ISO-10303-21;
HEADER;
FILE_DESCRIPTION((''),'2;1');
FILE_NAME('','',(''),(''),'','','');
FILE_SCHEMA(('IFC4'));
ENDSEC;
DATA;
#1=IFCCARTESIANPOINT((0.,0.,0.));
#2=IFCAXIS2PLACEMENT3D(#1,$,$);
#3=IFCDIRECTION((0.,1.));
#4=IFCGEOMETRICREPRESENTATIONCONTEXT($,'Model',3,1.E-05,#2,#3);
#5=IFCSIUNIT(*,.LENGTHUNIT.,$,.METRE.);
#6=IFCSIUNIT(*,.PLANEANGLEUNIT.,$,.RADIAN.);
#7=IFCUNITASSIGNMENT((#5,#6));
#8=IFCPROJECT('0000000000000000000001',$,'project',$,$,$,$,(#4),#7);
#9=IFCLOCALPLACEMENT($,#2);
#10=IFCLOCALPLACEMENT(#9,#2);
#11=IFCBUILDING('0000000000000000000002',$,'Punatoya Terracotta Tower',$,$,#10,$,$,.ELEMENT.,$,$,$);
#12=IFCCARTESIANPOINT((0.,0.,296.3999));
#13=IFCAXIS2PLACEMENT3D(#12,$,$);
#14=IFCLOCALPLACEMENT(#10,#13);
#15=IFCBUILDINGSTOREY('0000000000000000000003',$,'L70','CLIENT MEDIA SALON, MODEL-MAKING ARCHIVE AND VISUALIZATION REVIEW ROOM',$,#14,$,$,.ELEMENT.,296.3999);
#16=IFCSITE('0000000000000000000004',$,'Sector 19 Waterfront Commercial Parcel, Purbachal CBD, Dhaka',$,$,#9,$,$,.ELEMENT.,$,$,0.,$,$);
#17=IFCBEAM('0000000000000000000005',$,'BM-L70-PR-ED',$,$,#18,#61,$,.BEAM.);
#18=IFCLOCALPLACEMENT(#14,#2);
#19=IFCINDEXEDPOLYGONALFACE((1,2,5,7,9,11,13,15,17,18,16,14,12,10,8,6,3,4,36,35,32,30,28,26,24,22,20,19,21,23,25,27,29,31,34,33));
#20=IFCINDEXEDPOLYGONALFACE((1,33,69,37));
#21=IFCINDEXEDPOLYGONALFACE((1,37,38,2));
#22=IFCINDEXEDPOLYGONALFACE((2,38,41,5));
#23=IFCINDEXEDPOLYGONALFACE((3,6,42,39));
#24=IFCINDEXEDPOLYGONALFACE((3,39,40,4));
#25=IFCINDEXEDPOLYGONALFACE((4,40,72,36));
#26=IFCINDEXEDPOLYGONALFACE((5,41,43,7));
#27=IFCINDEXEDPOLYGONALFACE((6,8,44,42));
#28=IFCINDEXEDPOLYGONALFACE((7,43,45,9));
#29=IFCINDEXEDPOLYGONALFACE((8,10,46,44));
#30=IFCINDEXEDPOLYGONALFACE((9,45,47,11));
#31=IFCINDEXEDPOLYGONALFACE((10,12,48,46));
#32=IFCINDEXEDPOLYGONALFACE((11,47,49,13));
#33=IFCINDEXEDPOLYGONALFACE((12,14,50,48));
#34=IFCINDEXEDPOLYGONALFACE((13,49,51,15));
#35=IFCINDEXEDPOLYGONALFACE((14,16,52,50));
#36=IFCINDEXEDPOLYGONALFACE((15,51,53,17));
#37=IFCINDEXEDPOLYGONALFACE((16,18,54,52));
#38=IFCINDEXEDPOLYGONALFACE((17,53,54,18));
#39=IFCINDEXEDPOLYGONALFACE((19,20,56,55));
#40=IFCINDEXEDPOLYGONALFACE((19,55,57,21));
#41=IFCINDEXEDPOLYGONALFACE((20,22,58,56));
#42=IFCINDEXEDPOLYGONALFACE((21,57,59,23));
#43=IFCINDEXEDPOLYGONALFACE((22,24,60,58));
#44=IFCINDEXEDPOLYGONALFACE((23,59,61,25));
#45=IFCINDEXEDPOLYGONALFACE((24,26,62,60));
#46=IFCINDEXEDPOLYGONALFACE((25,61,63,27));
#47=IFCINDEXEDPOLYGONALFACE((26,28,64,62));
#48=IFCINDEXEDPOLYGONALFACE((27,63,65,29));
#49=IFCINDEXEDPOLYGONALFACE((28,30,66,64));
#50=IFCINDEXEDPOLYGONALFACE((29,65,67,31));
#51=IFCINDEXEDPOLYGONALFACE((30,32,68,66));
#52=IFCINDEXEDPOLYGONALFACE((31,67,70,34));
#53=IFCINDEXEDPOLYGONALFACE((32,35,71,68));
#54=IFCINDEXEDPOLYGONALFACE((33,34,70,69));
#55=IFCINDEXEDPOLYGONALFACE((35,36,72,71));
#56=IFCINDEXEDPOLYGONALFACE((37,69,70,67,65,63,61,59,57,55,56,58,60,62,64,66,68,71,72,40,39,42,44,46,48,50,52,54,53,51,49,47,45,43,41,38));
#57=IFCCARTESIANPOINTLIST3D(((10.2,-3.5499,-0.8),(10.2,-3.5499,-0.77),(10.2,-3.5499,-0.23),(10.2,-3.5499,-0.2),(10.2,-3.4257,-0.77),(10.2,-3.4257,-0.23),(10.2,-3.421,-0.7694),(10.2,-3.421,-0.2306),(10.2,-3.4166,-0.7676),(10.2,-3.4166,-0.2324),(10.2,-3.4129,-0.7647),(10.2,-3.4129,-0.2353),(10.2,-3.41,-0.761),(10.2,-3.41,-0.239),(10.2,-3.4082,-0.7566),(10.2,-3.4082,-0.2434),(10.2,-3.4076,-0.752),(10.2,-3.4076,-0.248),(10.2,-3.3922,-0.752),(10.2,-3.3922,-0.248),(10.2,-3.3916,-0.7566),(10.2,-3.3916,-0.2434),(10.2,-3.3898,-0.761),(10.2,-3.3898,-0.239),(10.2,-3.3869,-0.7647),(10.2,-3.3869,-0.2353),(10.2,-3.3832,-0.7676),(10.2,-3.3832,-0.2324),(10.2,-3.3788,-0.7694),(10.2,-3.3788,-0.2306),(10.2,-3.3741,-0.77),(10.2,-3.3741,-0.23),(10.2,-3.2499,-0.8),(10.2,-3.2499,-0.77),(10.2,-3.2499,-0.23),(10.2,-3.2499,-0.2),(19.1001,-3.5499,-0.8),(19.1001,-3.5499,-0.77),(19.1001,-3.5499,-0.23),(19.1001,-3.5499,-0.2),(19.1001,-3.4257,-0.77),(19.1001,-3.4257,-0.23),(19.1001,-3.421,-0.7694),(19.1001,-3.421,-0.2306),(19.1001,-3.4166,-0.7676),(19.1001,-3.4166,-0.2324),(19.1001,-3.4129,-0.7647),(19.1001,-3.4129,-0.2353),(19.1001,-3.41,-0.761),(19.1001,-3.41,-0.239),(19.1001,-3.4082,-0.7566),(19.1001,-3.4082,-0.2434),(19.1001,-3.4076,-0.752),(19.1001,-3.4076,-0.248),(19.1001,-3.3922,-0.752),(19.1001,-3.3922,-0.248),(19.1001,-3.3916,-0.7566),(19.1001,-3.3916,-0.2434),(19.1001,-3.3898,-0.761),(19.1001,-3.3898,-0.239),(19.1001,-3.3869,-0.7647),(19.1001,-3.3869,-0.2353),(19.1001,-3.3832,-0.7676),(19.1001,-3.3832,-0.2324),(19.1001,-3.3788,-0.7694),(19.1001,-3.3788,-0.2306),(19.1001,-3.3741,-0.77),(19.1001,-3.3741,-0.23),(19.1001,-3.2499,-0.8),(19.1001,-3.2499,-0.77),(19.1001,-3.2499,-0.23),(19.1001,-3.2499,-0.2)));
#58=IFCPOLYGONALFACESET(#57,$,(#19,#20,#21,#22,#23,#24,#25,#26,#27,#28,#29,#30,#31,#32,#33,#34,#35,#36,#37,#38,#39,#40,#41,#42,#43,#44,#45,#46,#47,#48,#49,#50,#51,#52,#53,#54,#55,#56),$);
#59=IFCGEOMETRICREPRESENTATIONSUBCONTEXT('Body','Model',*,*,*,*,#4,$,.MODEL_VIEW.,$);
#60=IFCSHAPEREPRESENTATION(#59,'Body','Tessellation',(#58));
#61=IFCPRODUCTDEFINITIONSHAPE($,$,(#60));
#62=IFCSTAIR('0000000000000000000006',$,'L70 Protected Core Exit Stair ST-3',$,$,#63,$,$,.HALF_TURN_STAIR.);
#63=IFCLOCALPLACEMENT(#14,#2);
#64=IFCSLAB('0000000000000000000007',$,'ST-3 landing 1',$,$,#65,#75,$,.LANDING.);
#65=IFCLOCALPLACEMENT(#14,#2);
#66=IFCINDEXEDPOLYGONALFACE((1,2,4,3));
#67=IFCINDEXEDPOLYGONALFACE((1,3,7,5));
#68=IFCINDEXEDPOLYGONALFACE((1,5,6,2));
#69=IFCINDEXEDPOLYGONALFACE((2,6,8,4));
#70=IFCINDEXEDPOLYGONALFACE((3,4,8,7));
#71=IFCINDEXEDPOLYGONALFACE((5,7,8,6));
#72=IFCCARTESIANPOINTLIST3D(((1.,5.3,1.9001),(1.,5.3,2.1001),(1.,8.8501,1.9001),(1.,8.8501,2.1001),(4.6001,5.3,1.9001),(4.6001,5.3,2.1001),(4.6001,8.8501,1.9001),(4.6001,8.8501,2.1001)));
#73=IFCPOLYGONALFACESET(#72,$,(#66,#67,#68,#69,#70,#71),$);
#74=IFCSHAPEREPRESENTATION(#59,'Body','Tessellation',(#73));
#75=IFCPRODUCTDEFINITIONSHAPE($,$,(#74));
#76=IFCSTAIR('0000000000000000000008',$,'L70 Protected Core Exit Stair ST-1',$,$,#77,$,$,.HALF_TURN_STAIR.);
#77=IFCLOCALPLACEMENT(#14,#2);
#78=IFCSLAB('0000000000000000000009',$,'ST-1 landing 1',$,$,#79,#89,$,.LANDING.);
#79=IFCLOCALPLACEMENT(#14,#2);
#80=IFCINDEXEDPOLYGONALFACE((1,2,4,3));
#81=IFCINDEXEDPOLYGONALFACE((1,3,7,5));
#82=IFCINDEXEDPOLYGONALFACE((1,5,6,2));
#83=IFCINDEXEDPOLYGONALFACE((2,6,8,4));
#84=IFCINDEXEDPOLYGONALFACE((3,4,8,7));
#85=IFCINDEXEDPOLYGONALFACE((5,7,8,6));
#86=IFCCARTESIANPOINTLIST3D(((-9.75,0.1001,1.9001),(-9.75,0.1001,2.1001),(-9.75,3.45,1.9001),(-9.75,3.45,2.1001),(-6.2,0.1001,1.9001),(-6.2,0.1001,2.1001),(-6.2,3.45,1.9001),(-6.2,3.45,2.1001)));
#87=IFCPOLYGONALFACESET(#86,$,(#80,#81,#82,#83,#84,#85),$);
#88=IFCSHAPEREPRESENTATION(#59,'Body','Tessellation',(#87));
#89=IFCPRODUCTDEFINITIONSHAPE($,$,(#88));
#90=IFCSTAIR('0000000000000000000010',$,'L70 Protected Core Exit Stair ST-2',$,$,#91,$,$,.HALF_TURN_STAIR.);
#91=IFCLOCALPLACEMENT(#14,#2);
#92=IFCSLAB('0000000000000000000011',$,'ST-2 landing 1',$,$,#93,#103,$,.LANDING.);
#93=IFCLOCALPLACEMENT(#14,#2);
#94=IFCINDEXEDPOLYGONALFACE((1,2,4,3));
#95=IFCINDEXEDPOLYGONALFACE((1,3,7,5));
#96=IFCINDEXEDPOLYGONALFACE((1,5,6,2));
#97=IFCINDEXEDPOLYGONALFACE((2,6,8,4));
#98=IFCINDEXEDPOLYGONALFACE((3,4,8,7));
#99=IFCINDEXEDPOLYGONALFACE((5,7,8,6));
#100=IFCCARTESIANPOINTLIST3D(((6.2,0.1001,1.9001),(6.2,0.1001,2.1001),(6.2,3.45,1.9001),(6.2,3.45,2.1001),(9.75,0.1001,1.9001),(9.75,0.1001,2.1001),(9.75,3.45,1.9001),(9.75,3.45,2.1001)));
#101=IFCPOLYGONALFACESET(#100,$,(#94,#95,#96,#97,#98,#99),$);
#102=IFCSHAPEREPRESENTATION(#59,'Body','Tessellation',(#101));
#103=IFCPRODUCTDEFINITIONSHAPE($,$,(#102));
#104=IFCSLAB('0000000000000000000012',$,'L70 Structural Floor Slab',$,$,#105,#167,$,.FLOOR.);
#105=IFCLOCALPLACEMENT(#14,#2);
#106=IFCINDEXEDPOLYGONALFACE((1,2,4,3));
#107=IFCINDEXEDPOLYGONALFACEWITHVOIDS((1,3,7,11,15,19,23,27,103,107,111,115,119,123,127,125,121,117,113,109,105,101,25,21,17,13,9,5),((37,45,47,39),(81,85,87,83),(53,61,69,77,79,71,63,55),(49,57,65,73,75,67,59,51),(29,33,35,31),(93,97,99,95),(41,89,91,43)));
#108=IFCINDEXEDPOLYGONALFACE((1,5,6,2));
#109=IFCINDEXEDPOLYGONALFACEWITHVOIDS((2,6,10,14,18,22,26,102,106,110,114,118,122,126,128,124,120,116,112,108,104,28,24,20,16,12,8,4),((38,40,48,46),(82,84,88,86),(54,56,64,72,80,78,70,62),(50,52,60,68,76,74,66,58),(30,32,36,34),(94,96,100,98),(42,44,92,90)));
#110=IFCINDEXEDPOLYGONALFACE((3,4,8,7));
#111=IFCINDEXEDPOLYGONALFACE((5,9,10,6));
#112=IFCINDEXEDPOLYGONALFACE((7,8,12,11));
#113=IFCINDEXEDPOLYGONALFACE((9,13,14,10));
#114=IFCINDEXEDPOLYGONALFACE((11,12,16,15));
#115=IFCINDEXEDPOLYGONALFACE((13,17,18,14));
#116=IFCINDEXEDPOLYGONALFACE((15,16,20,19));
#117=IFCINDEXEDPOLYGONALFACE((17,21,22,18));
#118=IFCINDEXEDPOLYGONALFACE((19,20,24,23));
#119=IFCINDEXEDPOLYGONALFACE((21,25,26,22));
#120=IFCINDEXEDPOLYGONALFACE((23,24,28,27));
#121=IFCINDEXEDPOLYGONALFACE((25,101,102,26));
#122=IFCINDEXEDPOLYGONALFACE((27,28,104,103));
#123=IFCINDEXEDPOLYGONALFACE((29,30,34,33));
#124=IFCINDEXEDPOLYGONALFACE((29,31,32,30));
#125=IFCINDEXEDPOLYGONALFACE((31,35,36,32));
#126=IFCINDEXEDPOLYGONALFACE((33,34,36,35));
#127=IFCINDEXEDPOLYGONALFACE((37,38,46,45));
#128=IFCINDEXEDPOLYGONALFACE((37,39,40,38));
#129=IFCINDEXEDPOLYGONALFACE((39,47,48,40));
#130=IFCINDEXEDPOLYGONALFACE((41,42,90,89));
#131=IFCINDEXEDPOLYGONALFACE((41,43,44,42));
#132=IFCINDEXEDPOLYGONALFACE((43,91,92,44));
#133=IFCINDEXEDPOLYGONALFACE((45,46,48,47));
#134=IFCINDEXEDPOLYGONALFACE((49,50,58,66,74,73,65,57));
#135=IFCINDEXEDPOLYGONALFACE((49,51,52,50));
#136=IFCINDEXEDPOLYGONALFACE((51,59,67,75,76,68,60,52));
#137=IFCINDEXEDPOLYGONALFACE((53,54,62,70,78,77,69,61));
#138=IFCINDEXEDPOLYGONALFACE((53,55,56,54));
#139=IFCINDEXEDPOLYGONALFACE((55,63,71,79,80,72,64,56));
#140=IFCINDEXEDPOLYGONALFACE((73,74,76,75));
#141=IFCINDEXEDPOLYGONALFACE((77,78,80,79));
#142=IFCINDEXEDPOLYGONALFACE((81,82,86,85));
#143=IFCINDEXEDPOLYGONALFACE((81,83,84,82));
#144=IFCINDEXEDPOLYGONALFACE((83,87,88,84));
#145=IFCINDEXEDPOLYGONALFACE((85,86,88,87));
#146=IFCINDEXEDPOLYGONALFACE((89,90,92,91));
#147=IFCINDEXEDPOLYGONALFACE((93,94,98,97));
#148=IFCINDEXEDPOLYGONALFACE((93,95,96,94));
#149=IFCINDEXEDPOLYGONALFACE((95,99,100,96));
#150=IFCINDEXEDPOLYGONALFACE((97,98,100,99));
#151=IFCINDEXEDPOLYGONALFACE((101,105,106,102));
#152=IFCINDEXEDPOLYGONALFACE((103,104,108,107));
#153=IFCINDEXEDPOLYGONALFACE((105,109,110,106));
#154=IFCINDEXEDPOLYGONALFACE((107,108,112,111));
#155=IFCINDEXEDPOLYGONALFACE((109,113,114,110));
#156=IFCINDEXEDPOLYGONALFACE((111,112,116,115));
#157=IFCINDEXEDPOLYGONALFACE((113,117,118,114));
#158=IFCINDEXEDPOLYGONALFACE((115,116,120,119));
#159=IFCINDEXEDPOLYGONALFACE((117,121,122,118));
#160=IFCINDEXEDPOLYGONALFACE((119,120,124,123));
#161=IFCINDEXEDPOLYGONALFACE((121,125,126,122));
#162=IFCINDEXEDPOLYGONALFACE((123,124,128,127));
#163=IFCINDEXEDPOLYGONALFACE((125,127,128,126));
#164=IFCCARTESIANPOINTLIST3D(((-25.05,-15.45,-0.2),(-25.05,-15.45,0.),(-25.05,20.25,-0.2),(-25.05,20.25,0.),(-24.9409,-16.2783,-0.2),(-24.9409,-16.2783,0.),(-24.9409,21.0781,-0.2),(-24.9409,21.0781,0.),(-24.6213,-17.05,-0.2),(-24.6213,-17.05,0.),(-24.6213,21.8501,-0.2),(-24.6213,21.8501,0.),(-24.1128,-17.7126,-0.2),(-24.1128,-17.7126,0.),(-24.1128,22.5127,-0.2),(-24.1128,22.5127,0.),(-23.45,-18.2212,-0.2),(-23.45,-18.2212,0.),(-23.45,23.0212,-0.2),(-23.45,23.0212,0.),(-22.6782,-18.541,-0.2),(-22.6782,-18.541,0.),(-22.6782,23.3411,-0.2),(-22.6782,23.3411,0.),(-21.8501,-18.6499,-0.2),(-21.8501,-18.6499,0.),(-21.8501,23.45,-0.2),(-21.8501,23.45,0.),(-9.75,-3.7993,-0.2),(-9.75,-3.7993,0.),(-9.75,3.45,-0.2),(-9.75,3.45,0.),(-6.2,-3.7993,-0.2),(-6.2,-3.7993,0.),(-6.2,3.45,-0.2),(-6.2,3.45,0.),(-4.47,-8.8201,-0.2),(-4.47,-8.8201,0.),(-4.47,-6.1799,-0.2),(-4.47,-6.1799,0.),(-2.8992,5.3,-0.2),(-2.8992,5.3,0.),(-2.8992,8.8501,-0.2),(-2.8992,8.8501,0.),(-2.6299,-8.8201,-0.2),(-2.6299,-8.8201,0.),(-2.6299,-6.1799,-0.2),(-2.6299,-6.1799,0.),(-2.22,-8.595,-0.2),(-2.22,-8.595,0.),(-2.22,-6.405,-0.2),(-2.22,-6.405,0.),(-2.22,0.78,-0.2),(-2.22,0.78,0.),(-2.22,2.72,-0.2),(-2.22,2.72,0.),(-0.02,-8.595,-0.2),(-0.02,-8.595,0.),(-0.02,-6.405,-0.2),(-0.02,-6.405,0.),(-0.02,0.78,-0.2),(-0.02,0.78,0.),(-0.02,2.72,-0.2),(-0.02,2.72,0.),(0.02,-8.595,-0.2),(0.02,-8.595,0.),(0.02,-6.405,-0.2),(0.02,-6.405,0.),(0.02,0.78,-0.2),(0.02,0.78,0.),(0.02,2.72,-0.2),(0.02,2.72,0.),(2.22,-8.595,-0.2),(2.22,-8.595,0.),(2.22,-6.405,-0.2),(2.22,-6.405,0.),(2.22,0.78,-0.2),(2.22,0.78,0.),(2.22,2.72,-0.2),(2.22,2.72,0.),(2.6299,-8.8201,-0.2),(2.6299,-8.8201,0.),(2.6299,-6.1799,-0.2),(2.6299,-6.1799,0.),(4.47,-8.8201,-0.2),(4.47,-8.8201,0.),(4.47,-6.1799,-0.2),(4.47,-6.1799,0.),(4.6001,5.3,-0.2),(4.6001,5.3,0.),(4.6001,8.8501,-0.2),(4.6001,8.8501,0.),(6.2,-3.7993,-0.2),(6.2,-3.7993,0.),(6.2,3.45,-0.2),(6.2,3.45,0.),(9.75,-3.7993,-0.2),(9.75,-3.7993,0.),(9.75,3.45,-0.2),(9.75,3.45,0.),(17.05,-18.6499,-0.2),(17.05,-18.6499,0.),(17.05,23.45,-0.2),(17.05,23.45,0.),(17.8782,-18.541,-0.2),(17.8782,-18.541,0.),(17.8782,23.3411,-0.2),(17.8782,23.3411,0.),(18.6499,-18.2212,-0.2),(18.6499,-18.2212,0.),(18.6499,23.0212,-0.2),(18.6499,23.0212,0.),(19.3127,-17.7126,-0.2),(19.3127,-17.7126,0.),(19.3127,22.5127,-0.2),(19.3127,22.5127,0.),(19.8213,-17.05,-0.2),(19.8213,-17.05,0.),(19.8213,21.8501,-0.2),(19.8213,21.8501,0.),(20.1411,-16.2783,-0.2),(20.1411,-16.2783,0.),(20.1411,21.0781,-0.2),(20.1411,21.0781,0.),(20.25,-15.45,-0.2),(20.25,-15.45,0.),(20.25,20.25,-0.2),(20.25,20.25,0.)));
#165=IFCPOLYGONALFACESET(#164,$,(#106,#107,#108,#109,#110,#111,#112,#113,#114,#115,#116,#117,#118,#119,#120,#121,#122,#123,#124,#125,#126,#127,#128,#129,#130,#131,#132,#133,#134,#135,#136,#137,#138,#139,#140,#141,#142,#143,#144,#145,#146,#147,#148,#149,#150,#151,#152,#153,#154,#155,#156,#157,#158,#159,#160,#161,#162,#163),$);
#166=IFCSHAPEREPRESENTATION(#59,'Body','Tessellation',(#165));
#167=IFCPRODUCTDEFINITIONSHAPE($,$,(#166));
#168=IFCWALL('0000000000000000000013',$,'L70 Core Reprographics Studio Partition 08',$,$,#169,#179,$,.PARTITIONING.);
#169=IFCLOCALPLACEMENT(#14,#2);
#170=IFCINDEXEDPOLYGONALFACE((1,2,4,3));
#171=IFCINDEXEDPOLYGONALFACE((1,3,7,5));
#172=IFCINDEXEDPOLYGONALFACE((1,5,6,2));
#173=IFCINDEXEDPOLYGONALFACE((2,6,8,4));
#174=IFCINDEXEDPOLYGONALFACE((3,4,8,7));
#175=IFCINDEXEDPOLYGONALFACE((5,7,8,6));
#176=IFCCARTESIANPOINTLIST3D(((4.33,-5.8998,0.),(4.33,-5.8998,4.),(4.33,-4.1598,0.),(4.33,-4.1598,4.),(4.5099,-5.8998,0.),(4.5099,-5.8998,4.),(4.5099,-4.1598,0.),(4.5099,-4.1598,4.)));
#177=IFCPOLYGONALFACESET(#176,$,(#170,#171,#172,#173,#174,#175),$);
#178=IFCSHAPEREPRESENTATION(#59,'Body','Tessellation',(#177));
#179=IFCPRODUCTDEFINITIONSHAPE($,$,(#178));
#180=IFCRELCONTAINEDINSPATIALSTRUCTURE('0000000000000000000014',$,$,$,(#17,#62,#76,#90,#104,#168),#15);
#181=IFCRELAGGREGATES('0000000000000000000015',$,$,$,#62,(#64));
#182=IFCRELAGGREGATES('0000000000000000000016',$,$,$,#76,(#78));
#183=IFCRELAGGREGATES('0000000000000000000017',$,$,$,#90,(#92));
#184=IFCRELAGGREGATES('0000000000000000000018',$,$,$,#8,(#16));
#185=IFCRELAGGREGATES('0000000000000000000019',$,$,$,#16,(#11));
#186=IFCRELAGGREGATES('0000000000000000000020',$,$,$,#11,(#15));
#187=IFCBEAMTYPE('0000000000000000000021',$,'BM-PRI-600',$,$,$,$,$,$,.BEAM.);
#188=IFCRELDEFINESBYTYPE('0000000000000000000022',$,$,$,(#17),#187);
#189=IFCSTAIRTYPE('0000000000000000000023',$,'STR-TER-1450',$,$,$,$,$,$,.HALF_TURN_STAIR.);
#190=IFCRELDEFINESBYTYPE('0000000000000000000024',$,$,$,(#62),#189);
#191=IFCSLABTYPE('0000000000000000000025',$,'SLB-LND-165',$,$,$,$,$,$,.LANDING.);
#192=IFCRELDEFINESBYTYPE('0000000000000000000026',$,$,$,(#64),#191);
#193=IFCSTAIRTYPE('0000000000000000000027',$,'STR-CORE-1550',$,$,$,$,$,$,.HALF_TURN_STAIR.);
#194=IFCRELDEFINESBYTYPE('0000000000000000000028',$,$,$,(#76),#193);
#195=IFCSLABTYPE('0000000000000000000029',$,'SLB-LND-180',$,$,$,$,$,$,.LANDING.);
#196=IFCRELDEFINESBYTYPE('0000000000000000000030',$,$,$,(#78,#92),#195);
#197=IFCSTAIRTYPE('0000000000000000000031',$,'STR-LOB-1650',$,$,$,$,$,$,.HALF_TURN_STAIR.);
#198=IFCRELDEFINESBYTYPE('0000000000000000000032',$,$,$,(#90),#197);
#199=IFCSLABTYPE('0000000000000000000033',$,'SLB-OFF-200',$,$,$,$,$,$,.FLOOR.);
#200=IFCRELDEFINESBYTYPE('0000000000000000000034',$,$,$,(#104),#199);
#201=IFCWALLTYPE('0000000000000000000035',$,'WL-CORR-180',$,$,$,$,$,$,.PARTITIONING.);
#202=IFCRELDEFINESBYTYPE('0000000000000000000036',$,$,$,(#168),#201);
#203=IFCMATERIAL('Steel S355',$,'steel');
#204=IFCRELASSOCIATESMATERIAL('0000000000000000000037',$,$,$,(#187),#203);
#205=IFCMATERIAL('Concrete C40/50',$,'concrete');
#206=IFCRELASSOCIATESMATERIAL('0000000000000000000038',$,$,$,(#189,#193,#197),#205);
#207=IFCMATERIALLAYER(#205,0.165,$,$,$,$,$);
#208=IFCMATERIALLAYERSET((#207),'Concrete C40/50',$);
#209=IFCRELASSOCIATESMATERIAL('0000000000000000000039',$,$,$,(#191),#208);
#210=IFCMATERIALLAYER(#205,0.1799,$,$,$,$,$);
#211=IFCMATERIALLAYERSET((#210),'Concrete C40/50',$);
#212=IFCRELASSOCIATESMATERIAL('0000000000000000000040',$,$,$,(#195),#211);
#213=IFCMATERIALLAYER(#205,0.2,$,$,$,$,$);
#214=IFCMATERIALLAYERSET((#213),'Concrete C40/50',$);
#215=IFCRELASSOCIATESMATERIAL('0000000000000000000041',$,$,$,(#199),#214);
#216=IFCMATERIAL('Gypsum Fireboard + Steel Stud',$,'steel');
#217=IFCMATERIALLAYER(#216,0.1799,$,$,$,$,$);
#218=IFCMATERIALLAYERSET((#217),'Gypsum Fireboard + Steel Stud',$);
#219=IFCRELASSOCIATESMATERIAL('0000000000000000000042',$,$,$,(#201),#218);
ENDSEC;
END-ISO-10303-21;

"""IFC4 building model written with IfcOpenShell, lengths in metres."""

from ifc_helpers import new_model, si_unit, direction, frame, frame_2d, origin, origin_2d, place, context, subcontext, project, spatial, polyline, rectangle, i_section, outline, extrude, material, layer, layer_set, material_profile, profile_set, type_object, element, aggregate, save


model = new_model("IFC4")

# Units and contexts
model_context = context("Model", 3, precision=1e-05, world=origin(), true_north=direction((0.0, 1.0)))
body_context = subcontext(model_context, "Body", "Model", "MODEL_VIEW")
ifc_project = project(units=[si_unit("LENGTHUNIT", "METRE"), si_unit("PLANEANGLEUNIT", "RADIAN")], contexts=[model_context])

# Site, building, storey
site_placement = place(None, origin())
site = spatial("IfcSite", under=ifc_project, at=site_placement, Name="Sector 19 Waterfront Commercial Parcel, Purbachal CBD, Dhaka", CompositionType="ELEMENT", RefElevation=0.0)
building_placement = place(site_placement, origin())
building = spatial("IfcBuilding", under=site, at=building_placement, Name="Punatoya Terracotta Tower", CompositionType="ELEMENT")
storey_placement = place(building_placement, frame((0.0, 0.0, 296.3999)))
storey = spatial("IfcBuildingStorey", under=building, at=storey_placement, Name="L70", Description="CLIENT MEDIA SALON, MODEL-MAKING ARCHIVE AND VISUALIZATION REVIEW ROOM", CompositionType="ELEMENT", Elevation=296.3999)

# Beam
ifc_material_1 = material(Name="Steel S355", Category="steel")
ifc_material_profile = material_profile(ifc_material_1, i_section(OverallWidth=0.3, OverallDepth=0.6001, WebThickness=0.0154, FlangeThickness=0.03, FilletRadius=0.0181, at=origin_2d()))
ifc_profile_set = profile_set([ifc_material_profile], Name="Steel S355")
beam_type = type_object("IfcBeamType", Name="BM-PRI-600", PredefinedType="BEAM", material=ifc_profile_set)
beam_placement = place(storey_placement, frame((10.2, -3.3999, -0.5), z_axis=(1.0, 0.0, 0.0), x_axis=(0.0, 1.0, 0.0)))
element("IfcBeam", 1, at=beam_placement, inside=storey, type_object=beam_type, Name="BM-L70-PR-ED", PredefinedType="BEAM", context=body_context, shape_type="SweptSolid", body=[
    extrude(i_section(OverallWidth=0.3, OverallDepth=0.6001, WebThickness=0.0154, FlangeThickness=0.03, FilletRadius=0.0181, at=origin_2d()), origin(), (0.0, 0.0, 1.0), 8.9001),
])

# Stairs, slabs
ifc_material_2 = material(Name="Concrete C40/50", Category="concrete")
stair_type_1 = type_object("IfcStairType", Name="STR-TER-1450", PredefinedType="HALF_TURN_STAIR", material=ifc_material_2)
stair_1_placement = place(storey_placement, origin())
stair_1 = element("IfcStair", 2, at=stair_1_placement, inside=storey, type_object=stair_type_1, Name="L70 Protected Core Exit Stair ST-3", PredefinedType="HALF_TURN_STAIR")
ifc_layer_1 = layer(ifc_material_2, 0.165)
ifc_layer_set_1 = layer_set([ifc_layer_1], Name="Concrete C40/50")
slab_type_1 = type_object("IfcSlabType", Name="SLB-LND-165", PredefinedType="LANDING", material=ifc_layer_set_1)
slab_1_placement = place(storey_placement, frame((0.0, 0.0, 1.9001)))
slab_1 = element("IfcSlab", 3, at=slab_1_placement, type_object=slab_type_1, Name="ST-3 landing 1", PredefinedType="LANDING", context=body_context, shape_type="SweptSolid", body=[
    extrude(outline(polyline([(1.0, 5.3), (4.6001, 5.3), (4.6001, 8.8501), (1.0, 8.8501), (1.0, 5.3)])), origin(), (0.0, 0.0, 1.0), 0.2),
])
aggregate(stair_1, [slab_1])
stair_type_2 = type_object("IfcStairType", Name="STR-CORE-1550", PredefinedType="HALF_TURN_STAIR", material=ifc_material_2)
stair_2_placement = place(storey_placement, origin())
stair_2 = element("IfcStair", 4, at=stair_2_placement, inside=storey, type_object=stair_type_2, Name="L70 Protected Core Exit Stair ST-1", PredefinedType="HALF_TURN_STAIR")
ifc_layer_2 = layer(ifc_material_2, 0.1799)
ifc_layer_set_2 = layer_set([ifc_layer_2], Name="Concrete C40/50")
slab_type_2 = type_object("IfcSlabType", Name="SLB-LND-180", PredefinedType="LANDING", material=ifc_layer_set_2)
slab_2_placement = place(storey_placement, frame((0.0, 0.0, 1.9001)))
slab_2 = element("IfcSlab", 5, at=slab_2_placement, type_object=slab_type_2, Name="ST-1 landing 1", PredefinedType="LANDING", context=body_context, shape_type="SweptSolid", body=[
    extrude(outline(polyline([(-6.2, 0.1001), (-6.2, 3.45), (-9.75, 3.45), (-9.75, 0.1001), (-6.2, 0.1001)])), origin(), (0.0, 0.0, 1.0), 0.2),
])
aggregate(stair_2, [slab_2])
stair_type_3 = type_object("IfcStairType", Name="STR-LOB-1650", PredefinedType="HALF_TURN_STAIR", material=ifc_material_2)
stair_3_placement = place(storey_placement, origin())
stair_3 = element("IfcStair", 6, at=stair_3_placement, inside=storey, type_object=stair_type_3, Name="L70 Protected Core Exit Stair ST-2", PredefinedType="HALF_TURN_STAIR")
slab_3_placement = place(storey_placement, frame((0.0, 0.0, 1.9001)))
slab_3 = element("IfcSlab", 7, at=slab_3_placement, type_object=slab_type_2, Name="ST-2 landing 1", PredefinedType="LANDING", context=body_context, shape_type="SweptSolid", body=[
    extrude(outline(polyline([(9.75, 0.1001), (9.75, 3.45), (6.2, 3.45), (6.2, 0.1001), (9.75, 0.1001)])), origin(), (0.0, 0.0, 1.0), 0.2),
])

# Slab
ifc_layer_3 = layer(ifc_material_2, 0.2)
ifc_layer_set_3 = layer_set([ifc_layer_3], Name="Concrete C40/50")
slab_type_3 = type_object("IfcSlabType", Name="SLB-OFF-200", PredefinedType="FLOOR", material=ifc_layer_set_3)
slab_4_placement = place(storey_placement, frame((0.0, 0.0, -0.2)))
element("IfcSlab", 8, at=slab_4_placement, inside=storey, type_object=slab_type_3, Name="L70 Structural Floor Slab", PredefinedType="FLOOR", context=body_context, shape_type="SweptSolid", body=[
    extrude(outline(polyline([(-21.8501, -18.6499), (-22.6782, -18.541), (-23.45, -18.2212), (-24.1128, -17.7126), (-24.6213, -17.05), (-24.9409, -16.2783), (-25.05, -15.45), (-25.05, 20.25), (-24.9409, 21.0781), (-24.6213, 21.8501), (-24.1128, 22.5127), (-23.45, 23.0212), (-22.6782, 23.3411), (-21.8501, 23.45), (17.05, 23.45), (17.8782, 23.3411), (18.6499, 23.0212), (19.3127, 22.5127), (19.8213, 21.8501), (20.1411, 21.0781), (20.25, 20.25), (20.25, -15.45), (20.1411, -16.2783), (19.8213, -17.05), (19.3127, -17.7126), (18.6499, -18.2212), (17.8782, -18.541), (17.05, -18.6499), (-21.8501, -18.6499)]), holes=[polyline([(-2.6299, -6.1799), (-4.47, -6.1799), (-4.47, -8.8201), (-2.6299, -8.8201), (-2.6299, -6.1799)]), polyline([(-0.02, -6.405), (-2.22, -6.405), (-2.22, -8.595), (-0.02, -8.595), (0.02, -8.595), (2.22, -8.595), (2.22, -6.405), (0.02, -6.405), (-0.02, -6.405)]), polyline([(4.47, -6.1799), (2.6299, -6.1799), (2.6299, -8.8201), (4.47, -8.8201), (4.47, -6.1799)]), polyline([(-9.75, 3.45), (-9.75, -3.7993), (-6.2, -3.7993), (-6.2, 3.45), (-9.75, 3.45)]), polyline([(6.2, 3.45), (6.2, -3.7993), (9.75, -3.7993), (9.75, 3.45), (6.2, 3.45)]), polyline([(-2.22, 2.72), (-2.22, 0.78), (-0.02, 0.78), (0.02, 0.78), (2.22, 0.78), (2.22, 2.72), (0.02, 2.72), (-0.02, 2.72), (-2.22, 2.72)]), polyline([(4.6001, 5.3), (4.6001, 8.8501), (-2.8992, 8.8501), (-2.8992, 5.3), (4.6001, 5.3)])]), origin(), (0.0, 0.0, 1.0), 0.2),
])

# Wall
ifc_material_3 = material(Name="Gypsum Fireboard + Steel Stud", Category="steel")
ifc_layer_4 = layer(ifc_material_3, 0.1799)
ifc_layer_set_4 = layer_set([ifc_layer_4], Name="Gypsum Fireboard + Steel Stud")
wall_type_1 = type_object("IfcWallType", Name="WL-CORR-180", PredefinedType="PARTITIONING", material=ifc_layer_set_4)
wall_1_placement = place(storey_placement, frame((4.4199, -5.8999, 0.0), z_axis=(0.0, 0.0, 1.0), x_axis=(0.0, 1.0, 0.0)))
element("IfcWall", 9, at=wall_1_placement, inside=storey, type_object=wall_type_1, Name="L70 Core Reprographics Studio Partition 08", PredefinedType="PARTITIONING", context=body_context, shape_type="SweptSolid", body=[
    extrude(rectangle(XDim=1.74, YDim=0.1799, at=frame_2d((0.8701, 0.0))), origin(), (0.0, 0.0, 1.0), 4.0),
])

aggregate(stair_3, [slab_3])

save(model, "model.ifc")
